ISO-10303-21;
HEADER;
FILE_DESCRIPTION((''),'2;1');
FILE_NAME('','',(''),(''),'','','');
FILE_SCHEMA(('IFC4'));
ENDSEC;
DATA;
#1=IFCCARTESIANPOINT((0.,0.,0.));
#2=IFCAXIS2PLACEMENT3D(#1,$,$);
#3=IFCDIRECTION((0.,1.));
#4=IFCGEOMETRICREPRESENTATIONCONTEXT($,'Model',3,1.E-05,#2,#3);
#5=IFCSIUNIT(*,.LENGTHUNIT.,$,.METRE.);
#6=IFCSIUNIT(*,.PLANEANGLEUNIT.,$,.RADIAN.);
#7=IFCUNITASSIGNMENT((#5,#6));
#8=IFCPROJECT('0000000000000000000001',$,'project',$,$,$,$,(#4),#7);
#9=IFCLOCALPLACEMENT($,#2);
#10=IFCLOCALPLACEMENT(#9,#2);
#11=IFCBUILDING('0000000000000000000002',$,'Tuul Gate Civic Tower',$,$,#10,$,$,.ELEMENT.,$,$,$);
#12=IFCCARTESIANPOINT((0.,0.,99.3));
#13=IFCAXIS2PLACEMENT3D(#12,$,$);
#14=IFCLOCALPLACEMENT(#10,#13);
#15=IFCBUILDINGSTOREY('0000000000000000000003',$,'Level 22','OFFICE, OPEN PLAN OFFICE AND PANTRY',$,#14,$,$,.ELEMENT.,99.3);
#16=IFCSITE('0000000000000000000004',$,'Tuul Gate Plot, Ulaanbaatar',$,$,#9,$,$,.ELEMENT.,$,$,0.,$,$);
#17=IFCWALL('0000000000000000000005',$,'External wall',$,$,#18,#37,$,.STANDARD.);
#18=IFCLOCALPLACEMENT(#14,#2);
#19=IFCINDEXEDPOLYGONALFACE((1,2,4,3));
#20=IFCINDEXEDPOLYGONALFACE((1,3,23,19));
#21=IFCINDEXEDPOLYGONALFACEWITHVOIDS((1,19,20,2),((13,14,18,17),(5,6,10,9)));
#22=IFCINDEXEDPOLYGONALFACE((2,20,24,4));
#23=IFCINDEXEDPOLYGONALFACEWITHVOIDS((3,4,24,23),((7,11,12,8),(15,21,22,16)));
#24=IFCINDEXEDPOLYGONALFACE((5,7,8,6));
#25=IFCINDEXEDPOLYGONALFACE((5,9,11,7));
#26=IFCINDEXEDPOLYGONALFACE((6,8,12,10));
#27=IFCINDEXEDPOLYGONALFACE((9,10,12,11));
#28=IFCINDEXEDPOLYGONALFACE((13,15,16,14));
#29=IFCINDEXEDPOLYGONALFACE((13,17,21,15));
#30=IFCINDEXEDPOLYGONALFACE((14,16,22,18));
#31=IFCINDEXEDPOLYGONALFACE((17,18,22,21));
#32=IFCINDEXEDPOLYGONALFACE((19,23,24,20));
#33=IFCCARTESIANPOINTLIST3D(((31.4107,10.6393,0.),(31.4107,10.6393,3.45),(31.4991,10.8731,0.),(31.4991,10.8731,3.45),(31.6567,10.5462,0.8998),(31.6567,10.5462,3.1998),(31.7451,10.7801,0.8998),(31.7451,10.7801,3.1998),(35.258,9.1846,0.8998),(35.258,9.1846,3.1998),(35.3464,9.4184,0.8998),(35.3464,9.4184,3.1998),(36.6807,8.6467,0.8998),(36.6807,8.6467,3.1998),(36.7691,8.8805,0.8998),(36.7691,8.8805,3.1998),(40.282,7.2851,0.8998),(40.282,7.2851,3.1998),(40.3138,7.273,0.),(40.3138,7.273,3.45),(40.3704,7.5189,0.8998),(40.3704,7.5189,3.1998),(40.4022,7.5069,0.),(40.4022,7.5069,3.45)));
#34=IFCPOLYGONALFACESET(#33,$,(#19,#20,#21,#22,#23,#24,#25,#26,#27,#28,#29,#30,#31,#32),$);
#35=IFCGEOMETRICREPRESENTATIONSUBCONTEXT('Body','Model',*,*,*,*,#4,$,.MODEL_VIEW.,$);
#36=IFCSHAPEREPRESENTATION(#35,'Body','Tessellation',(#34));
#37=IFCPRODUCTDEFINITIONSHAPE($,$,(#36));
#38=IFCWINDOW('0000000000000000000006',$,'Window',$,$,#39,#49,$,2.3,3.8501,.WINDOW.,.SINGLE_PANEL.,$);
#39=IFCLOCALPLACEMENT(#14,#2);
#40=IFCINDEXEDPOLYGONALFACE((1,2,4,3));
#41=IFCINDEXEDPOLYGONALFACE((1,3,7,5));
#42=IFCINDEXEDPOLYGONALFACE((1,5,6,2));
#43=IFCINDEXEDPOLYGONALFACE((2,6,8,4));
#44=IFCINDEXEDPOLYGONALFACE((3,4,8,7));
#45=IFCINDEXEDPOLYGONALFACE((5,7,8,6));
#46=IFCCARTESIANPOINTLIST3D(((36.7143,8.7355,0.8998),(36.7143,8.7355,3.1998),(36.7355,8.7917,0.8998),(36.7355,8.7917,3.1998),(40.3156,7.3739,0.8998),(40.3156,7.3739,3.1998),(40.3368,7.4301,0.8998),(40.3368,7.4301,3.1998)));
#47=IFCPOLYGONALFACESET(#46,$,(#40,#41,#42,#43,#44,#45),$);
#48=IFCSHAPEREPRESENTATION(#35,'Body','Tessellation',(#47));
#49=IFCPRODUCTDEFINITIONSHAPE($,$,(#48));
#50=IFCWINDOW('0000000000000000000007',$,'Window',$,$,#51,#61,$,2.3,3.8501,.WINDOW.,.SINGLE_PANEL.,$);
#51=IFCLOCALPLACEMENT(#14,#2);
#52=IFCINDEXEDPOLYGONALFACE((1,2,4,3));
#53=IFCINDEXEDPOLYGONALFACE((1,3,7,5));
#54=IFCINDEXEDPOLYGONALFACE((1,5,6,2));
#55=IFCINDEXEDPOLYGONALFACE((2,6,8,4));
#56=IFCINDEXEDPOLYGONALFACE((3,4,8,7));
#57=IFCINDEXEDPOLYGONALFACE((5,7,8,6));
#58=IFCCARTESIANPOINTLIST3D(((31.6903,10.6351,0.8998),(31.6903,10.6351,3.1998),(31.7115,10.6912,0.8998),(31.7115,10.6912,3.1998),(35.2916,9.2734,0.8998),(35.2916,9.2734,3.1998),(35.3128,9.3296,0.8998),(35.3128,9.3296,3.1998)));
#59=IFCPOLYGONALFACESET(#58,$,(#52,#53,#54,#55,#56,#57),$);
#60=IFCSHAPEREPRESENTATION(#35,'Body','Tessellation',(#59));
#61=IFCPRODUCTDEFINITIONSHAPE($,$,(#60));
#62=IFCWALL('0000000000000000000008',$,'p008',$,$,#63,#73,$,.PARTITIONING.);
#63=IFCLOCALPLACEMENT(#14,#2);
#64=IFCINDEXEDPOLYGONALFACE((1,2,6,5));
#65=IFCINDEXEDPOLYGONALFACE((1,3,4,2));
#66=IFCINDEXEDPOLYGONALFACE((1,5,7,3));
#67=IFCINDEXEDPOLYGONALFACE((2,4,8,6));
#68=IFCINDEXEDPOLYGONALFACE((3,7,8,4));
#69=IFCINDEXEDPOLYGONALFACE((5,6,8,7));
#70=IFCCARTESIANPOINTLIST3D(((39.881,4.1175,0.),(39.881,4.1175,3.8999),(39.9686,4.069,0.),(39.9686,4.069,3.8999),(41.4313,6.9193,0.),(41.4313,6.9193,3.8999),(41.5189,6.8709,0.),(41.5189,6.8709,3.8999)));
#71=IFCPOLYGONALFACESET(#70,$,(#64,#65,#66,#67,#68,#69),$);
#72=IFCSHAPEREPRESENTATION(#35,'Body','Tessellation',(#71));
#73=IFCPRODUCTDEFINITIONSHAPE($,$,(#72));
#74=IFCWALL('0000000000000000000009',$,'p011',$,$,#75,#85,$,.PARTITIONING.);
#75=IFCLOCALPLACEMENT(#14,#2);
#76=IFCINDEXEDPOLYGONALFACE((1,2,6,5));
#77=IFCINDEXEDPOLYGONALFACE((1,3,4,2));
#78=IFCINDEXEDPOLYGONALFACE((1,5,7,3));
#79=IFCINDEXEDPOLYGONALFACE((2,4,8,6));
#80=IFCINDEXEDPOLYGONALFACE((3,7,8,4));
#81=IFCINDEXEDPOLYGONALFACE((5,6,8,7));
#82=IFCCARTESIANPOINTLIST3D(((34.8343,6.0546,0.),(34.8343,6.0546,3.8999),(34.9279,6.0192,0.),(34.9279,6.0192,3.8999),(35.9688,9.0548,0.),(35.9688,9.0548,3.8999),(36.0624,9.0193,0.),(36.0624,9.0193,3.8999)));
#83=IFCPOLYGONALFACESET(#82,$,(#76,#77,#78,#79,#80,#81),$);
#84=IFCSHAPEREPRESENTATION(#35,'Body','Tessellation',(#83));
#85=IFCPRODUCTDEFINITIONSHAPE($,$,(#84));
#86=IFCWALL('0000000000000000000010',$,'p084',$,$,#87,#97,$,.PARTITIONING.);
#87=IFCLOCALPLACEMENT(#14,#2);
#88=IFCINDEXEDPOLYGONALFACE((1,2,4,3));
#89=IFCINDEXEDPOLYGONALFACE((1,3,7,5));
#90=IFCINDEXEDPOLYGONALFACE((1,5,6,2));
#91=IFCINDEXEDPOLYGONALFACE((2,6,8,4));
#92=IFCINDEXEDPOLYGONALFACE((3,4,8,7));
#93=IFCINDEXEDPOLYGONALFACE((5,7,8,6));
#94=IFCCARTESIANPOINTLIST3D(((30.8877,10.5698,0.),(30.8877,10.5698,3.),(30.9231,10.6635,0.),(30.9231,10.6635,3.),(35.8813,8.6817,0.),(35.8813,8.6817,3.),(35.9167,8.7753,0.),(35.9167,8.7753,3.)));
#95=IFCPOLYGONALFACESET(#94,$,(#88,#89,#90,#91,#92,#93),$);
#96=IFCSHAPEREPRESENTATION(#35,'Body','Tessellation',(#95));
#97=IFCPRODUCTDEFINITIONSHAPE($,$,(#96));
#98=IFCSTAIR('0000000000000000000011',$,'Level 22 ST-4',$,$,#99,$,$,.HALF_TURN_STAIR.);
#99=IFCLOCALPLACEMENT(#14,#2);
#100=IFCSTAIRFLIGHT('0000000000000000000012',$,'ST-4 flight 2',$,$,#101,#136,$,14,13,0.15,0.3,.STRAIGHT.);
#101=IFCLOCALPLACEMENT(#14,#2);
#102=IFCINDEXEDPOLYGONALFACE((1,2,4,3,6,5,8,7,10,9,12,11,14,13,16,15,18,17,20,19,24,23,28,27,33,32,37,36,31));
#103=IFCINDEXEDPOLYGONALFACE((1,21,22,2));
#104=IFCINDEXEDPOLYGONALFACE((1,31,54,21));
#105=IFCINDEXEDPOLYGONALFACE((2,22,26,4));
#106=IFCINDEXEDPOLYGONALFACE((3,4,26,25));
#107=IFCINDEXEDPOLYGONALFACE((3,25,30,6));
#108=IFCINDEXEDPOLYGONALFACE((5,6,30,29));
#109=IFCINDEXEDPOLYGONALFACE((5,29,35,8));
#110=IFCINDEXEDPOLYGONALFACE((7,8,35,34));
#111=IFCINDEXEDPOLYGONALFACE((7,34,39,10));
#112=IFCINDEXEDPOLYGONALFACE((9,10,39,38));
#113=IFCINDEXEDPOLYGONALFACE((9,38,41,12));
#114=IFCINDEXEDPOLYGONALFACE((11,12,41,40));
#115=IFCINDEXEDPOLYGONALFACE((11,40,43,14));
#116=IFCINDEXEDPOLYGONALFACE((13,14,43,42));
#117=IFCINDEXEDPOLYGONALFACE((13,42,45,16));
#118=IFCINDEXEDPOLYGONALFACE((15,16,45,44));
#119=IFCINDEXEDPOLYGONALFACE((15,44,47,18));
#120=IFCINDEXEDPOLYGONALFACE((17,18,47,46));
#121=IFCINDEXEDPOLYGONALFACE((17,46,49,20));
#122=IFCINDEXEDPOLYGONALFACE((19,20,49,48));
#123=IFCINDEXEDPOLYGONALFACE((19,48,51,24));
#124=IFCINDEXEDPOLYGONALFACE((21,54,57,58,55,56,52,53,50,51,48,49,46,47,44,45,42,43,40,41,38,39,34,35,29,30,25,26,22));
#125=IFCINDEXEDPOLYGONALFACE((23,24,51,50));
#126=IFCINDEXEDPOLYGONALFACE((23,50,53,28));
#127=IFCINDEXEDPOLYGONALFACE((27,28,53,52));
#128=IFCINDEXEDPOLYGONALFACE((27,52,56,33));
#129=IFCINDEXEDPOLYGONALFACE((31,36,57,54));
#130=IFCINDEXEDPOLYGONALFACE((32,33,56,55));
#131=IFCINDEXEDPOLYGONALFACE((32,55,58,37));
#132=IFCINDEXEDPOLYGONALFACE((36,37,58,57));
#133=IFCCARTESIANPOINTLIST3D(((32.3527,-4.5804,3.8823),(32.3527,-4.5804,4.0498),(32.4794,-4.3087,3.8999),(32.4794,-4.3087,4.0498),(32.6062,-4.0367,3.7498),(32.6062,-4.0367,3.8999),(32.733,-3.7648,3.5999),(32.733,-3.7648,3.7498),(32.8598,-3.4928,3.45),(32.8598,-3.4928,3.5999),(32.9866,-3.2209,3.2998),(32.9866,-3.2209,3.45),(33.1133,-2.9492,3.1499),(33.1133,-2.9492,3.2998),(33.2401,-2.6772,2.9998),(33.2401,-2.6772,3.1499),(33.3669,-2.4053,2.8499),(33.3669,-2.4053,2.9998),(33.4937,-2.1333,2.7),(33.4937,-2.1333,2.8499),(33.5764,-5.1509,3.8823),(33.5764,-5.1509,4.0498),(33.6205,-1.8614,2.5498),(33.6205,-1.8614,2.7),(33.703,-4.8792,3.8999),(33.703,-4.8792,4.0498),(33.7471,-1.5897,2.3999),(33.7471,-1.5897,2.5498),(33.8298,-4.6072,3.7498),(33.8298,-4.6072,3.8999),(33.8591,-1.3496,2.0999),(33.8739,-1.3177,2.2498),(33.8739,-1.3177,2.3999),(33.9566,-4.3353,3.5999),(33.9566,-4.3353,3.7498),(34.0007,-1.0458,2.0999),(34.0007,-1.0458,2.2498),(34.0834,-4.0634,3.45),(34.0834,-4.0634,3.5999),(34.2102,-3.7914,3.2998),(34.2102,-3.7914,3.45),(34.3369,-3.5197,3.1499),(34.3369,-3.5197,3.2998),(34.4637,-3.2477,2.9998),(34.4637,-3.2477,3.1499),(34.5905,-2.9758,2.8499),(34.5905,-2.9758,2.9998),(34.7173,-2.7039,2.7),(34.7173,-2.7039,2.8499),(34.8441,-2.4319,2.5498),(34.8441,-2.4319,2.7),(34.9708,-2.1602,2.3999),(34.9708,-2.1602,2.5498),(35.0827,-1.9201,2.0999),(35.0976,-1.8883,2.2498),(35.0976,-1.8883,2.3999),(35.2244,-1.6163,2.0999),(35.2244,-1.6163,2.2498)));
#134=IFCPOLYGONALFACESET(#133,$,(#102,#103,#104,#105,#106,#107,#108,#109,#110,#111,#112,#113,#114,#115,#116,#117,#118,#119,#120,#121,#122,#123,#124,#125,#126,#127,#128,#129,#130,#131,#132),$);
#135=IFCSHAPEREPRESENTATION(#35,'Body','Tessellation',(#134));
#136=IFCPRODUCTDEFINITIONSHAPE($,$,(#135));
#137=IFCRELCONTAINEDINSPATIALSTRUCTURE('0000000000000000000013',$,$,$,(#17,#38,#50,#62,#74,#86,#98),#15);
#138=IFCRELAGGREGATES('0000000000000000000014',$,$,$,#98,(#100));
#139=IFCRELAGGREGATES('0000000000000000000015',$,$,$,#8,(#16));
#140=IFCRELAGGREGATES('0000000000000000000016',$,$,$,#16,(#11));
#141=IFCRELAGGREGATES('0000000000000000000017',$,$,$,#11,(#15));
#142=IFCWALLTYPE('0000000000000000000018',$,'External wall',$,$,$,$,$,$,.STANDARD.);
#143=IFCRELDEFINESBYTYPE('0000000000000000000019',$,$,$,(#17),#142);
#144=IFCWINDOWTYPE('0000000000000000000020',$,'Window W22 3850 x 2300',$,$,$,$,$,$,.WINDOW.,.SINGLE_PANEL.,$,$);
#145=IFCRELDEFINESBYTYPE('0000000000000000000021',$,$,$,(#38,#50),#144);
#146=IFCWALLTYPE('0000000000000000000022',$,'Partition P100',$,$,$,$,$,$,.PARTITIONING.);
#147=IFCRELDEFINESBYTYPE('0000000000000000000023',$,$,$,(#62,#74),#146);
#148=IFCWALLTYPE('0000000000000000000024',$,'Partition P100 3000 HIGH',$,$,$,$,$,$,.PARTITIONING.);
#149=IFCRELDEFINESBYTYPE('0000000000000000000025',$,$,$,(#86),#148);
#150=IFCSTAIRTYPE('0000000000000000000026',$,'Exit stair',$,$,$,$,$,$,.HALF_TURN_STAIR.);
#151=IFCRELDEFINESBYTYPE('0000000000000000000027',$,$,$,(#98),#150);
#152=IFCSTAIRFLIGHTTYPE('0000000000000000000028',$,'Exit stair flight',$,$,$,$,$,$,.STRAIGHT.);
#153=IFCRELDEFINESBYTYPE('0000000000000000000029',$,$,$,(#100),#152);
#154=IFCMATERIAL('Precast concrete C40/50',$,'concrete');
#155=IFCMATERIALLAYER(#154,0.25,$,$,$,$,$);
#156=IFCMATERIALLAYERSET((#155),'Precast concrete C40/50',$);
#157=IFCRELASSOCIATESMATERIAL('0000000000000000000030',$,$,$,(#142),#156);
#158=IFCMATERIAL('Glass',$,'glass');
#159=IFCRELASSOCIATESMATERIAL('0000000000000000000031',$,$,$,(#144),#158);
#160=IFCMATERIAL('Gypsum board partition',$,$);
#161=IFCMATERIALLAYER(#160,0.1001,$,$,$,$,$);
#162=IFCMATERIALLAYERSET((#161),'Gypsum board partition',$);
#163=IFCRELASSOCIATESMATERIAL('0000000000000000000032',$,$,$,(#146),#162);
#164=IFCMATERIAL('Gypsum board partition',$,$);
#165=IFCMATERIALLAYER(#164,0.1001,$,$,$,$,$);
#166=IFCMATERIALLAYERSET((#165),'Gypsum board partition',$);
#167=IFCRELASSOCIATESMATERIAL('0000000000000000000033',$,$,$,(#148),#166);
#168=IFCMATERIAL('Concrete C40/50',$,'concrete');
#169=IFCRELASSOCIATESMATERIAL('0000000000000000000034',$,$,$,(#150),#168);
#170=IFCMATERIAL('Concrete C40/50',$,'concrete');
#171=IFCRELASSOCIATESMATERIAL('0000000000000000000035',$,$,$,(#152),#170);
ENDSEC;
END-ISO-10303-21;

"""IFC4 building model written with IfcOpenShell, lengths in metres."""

from ifc_helpers import new_model, si_unit, direction, frame, frame_2d, origin, place, context, subcontext, project, spatial, polyline, rectangle, outline, extrude, material, layer, layer_set, type_object, element, fill, aggregate, save


model = new_model("IFC4")

# Units and contexts
model_context = context("Model", 3, precision=1e-05, world=origin(), true_north=direction((0.0, 1.0)))
body_context = subcontext(model_context, "Body", "Model", "MODEL_VIEW")
ifc_project = project(units=[si_unit("LENGTHUNIT", "METRE"), si_unit("PLANEANGLEUNIT", "RADIAN")], contexts=[model_context])

# Site, building, storey
site_placement = place(None, origin())
site = spatial("IfcSite", under=ifc_project, at=site_placement, Name="Tuul Gate Plot, Ulaanbaatar", CompositionType="ELEMENT", RefElevation=0.0)
building_placement = place(site_placement, origin())
building = spatial("IfcBuilding", under=site, at=building_placement, Name="Tuul Gate Civic Tower", CompositionType="ELEMENT")
storey_placement = place(building_placement, frame((0.0, 0.0, 99.3)))
storey = spatial("IfcBuildingStorey", under=building, at=storey_placement, Name="Level 22", Description="OFFICE, OPEN PLAN OFFICE AND PANTRY", CompositionType="ELEMENT", Elevation=99.3)

# Wall, openings, windows
ifc_material_1 = material(Name="Precast concrete C40/50", Category="concrete")
ifc_layer_1 = layer(ifc_material_1, 0.25)
ifc_layer_set_1 = layer_set([ifc_layer_1], Name="Precast concrete C40/50")
wall_type_1 = type_object("IfcWallType", Name="External wall", PredefinedType="STANDARD", material=ifc_layer_set_1)
wall_1_placement = place(storey_placement, frame((40.3582, 7.3899, 0.0), z_axis=(0.0, 0.0, 1.0), x_axis=(-0.935374, 0.35366, 0.0)))
wall_1 = element("IfcWall", 1, at=wall_1_placement, inside=storey, type_object=wall_type_1, Name="External wall", PredefinedType="STANDARD", context=body_context, shape_type="SweptSolid", body=[
    extrude(rectangle(XDim=9.5183, YDim=0.25, at=frame_2d((4.7593, 0.0))), origin(), (0.0, 0.0, 1.0), 3.45),
])
opening_1_placement = place(wall_1_placement, frame((0.0342, 0.0, 0.8999)))
opening_1 = element("IfcOpeningElement", 2, at=opening_1_placement, cuts=wall_1, PredefinedType="OPENING", context=body_context, shape_type="SweptSolid", body=[
    extrude(rectangle(XDim=3.8501, YDim=2.3, at=frame_2d((1.925, 1.1499))), frame((0.0, 0.135, 0.0), z_axis=(0.0, -1.0, 0.0), x_axis=(1.0, 0.0, 0.0)), (0.0, 0.0, 1.0), 0.27),
])
opening_2_placement = place(wall_1_placement, frame((5.4053, 0.0, 0.8999)))
opening_2 = element("IfcOpeningElement", 3, at=opening_2_placement, cuts=wall_1, PredefinedType="OPENING", context=body_context, shape_type="SweptSolid", body=[
    extrude(rectangle(XDim=3.8501, YDim=2.3, at=frame_2d((1.925, 1.1499))), frame((0.0, 0.135, 0.0), z_axis=(0.0, -1.0, 0.0), x_axis=(1.0, 0.0, 0.0)), (0.0, 0.0, 1.0), 0.27),
])
ifc_material_2 = material(Name="Glass", Category="glass")
window_type = type_object("IfcWindowType", Name="Window W22 3850 x 2300", PartitioningType="SINGLE_PANEL", PredefinedType="WINDOW", material=ifc_material_2)
window_1_placement = place(opening_1_placement, origin())
window_1 = element("IfcWindow", 4, at=window_1_placement, inside=storey, type_object=window_type, Name="Window", OverallHeight=2.3, OverallWidth=3.8501, PartitioningType="SINGLE_PANEL", PredefinedType="WINDOW", context=body_context, shape_type="SweptSolid", body=[
    extrude(rectangle(XDim=3.8501, YDim=2.3, at=frame_2d((1.925, 1.1499))), frame((0.0, 0.03, 0.0), z_axis=(0.0, -1.0, 0.0), x_axis=(1.0, 0.0, 0.0)), (0.0, 0.0, 1.0), 0.0601),
])
fill(opening_1, window_1)
window_2_placement = place(opening_2_placement, origin())
window_2 = element("IfcWindow", 5, at=window_2_placement, inside=storey, type_object=window_type, Name="Window", OverallHeight=2.3, OverallWidth=3.8501, PartitioningType="SINGLE_PANEL", PredefinedType="WINDOW", context=body_context, shape_type="SweptSolid", body=[
    extrude(rectangle(XDim=3.8501, YDim=2.3, at=frame_2d((1.925, 1.1499))), frame((0.0, 0.03, 0.0), z_axis=(0.0, -1.0, 0.0), x_axis=(1.0, 0.0, 0.0)), (0.0, 0.0, 1.0), 0.0601),
])
fill(opening_2, window_2)

# Walls
ifc_material_3 = material(Name="Gypsum board partition")
ifc_layer_2 = layer(ifc_material_3, 0.1001)
ifc_layer_set_2 = layer_set([ifc_layer_2], Name="Gypsum board partition")
wall_type_2 = type_object("IfcWallType", Name="Partition P100", PredefinedType="PARTITIONING", material=ifc_layer_set_2)
wall_2_placement = place(storey_placement, frame((39.9248, 4.0933, 0.0), z_axis=(0.0, 0.0, 1.0), x_axis=(0.484153, 0.874983, 0.0)))
element("IfcWall", 6, at=wall_2_placement, inside=storey, type_object=wall_type_2, Name="p008", PredefinedType="PARTITIONING", context=body_context, shape_type="SweptSolid", body=[
    extrude(rectangle(XDim=3.2021, YDim=0.1001, at=frame_2d((1.6011, 0.0))), origin(), (0.0, 0.0, 1.0), 3.8999),
])
wall_3_placement = place(storey_placement, frame((34.8811, 6.0369, 0.0), z_axis=(0.0, 0.0, 1.0), x_axis=(0.3537, 0.935359, 0.0)))
element("IfcWall", 7, at=wall_3_placement, inside=storey, type_object=wall_type_2, Name="p011", PredefinedType="PARTITIONING", context=body_context, shape_type="SweptSolid", body=[
    extrude(rectangle(XDim=3.2075, YDim=0.1001, at=frame_2d((1.6038, 0.0))), origin(), (0.0, 0.0, 1.0), 3.8999),
])
ifc_material_4 = material(Name="Gypsum board partition")
ifc_layer_3 = layer(ifc_material_4, 0.1001)
ifc_layer_set_3 = layer_set([ifc_layer_3], Name="Gypsum board partition")
wall_type_3 = type_object("IfcWallType", Name="Partition P100 3000 HIGH", PredefinedType="PARTITIONING", material=ifc_layer_set_3)
wall_4_placement = place(storey_placement, frame((30.9053, 10.6167, 0.0), z_axis=(0.0, 0.0, 1.0), x_axis=(0.935367, -0.353678, 0.0)))
element("IfcWall", 8, at=wall_4_placement, inside=storey, type_object=wall_type_3, Name="p084", PredefinedType="PARTITIONING", context=body_context, shape_type="SweptSolid", body=[
    extrude(rectangle(XDim=5.3386, YDim=0.1001, at=frame_2d((2.6694, 0.0))), origin(), (0.0, 0.0, 1.0), 3.0),
])

# Stair, stair flight
ifc_material_5 = material(Name="Concrete C40/50", Category="concrete")
stair_type = type_object("IfcStairType", Name="Exit stair", PredefinedType="HALF_TURN_STAIR", material=ifc_material_5)
stair_placement = place(storey_placement, origin())
stair = element("IfcStair", 9, at=stair_placement, inside=storey, type_object=stair_type, Name="Level 22 ST-4", PredefinedType="HALF_TURN_STAIR")
ifc_material_6 = material(Name="Concrete C40/50", Category="concrete")
stair_flight_type = type_object("IfcStairFlightType", Name="Exit stair flight", PredefinedType="STRAIGHT", material=ifc_material_6)
stair_flight_placement = place(storey_placement, frame((34.6125, -1.3311, 2.0999), z_axis=(0.0, 0.0, 1.0), x_axis=(-0.422576, -0.906327, 0.0)))
stair_flight = element("IfcStairFlight", 10, at=stair_flight_placement, type_object=stair_flight_type, Name="ST-4 flight 2", NumberOfRisers=14, NumberOfTreads=13, PredefinedType="STRAIGHT", RiserHeight=0.15, TreadLength=0.3, context=body_context, shape_type="SweptSolid", body=[
    extrude(outline(polyline([(0.0, 0.0), (0.0, 0.1499), (0.3, 0.1499), (0.3, 0.3), (0.6001, 0.3), (0.6001, 0.45), (0.8999, 0.45), (0.8999, 0.6001), (1.2, 0.6001), (1.2, 0.75), (1.5, 0.75), (1.5, 0.8999), (1.8, 0.8999), (1.8, 1.05), (2.1001, 1.05), (2.1001, 1.2), (2.3999, 1.2), (2.3999, 1.3501), (2.7, 1.3501), (2.7, 1.5), (3.0, 1.5), (3.0, 1.6499), (3.3, 1.6499), (3.3, 1.8), (3.6001, 1.8), (3.6001, 1.95), (3.8999, 1.95), (3.8999, 2.1001), (3.8999, 1.7825), (0.3352, 0.0), (0.0, 0.0)])), frame((0.0, 0.675, 0.0), z_axis=(0.0, -1.0, 0.0), x_axis=(1.0, 0.0, 0.0)), (0.0, 0.0, 1.0), 1.3501),
])
aggregate(stair, [stair_flight])

save(model, "model.ifc")
